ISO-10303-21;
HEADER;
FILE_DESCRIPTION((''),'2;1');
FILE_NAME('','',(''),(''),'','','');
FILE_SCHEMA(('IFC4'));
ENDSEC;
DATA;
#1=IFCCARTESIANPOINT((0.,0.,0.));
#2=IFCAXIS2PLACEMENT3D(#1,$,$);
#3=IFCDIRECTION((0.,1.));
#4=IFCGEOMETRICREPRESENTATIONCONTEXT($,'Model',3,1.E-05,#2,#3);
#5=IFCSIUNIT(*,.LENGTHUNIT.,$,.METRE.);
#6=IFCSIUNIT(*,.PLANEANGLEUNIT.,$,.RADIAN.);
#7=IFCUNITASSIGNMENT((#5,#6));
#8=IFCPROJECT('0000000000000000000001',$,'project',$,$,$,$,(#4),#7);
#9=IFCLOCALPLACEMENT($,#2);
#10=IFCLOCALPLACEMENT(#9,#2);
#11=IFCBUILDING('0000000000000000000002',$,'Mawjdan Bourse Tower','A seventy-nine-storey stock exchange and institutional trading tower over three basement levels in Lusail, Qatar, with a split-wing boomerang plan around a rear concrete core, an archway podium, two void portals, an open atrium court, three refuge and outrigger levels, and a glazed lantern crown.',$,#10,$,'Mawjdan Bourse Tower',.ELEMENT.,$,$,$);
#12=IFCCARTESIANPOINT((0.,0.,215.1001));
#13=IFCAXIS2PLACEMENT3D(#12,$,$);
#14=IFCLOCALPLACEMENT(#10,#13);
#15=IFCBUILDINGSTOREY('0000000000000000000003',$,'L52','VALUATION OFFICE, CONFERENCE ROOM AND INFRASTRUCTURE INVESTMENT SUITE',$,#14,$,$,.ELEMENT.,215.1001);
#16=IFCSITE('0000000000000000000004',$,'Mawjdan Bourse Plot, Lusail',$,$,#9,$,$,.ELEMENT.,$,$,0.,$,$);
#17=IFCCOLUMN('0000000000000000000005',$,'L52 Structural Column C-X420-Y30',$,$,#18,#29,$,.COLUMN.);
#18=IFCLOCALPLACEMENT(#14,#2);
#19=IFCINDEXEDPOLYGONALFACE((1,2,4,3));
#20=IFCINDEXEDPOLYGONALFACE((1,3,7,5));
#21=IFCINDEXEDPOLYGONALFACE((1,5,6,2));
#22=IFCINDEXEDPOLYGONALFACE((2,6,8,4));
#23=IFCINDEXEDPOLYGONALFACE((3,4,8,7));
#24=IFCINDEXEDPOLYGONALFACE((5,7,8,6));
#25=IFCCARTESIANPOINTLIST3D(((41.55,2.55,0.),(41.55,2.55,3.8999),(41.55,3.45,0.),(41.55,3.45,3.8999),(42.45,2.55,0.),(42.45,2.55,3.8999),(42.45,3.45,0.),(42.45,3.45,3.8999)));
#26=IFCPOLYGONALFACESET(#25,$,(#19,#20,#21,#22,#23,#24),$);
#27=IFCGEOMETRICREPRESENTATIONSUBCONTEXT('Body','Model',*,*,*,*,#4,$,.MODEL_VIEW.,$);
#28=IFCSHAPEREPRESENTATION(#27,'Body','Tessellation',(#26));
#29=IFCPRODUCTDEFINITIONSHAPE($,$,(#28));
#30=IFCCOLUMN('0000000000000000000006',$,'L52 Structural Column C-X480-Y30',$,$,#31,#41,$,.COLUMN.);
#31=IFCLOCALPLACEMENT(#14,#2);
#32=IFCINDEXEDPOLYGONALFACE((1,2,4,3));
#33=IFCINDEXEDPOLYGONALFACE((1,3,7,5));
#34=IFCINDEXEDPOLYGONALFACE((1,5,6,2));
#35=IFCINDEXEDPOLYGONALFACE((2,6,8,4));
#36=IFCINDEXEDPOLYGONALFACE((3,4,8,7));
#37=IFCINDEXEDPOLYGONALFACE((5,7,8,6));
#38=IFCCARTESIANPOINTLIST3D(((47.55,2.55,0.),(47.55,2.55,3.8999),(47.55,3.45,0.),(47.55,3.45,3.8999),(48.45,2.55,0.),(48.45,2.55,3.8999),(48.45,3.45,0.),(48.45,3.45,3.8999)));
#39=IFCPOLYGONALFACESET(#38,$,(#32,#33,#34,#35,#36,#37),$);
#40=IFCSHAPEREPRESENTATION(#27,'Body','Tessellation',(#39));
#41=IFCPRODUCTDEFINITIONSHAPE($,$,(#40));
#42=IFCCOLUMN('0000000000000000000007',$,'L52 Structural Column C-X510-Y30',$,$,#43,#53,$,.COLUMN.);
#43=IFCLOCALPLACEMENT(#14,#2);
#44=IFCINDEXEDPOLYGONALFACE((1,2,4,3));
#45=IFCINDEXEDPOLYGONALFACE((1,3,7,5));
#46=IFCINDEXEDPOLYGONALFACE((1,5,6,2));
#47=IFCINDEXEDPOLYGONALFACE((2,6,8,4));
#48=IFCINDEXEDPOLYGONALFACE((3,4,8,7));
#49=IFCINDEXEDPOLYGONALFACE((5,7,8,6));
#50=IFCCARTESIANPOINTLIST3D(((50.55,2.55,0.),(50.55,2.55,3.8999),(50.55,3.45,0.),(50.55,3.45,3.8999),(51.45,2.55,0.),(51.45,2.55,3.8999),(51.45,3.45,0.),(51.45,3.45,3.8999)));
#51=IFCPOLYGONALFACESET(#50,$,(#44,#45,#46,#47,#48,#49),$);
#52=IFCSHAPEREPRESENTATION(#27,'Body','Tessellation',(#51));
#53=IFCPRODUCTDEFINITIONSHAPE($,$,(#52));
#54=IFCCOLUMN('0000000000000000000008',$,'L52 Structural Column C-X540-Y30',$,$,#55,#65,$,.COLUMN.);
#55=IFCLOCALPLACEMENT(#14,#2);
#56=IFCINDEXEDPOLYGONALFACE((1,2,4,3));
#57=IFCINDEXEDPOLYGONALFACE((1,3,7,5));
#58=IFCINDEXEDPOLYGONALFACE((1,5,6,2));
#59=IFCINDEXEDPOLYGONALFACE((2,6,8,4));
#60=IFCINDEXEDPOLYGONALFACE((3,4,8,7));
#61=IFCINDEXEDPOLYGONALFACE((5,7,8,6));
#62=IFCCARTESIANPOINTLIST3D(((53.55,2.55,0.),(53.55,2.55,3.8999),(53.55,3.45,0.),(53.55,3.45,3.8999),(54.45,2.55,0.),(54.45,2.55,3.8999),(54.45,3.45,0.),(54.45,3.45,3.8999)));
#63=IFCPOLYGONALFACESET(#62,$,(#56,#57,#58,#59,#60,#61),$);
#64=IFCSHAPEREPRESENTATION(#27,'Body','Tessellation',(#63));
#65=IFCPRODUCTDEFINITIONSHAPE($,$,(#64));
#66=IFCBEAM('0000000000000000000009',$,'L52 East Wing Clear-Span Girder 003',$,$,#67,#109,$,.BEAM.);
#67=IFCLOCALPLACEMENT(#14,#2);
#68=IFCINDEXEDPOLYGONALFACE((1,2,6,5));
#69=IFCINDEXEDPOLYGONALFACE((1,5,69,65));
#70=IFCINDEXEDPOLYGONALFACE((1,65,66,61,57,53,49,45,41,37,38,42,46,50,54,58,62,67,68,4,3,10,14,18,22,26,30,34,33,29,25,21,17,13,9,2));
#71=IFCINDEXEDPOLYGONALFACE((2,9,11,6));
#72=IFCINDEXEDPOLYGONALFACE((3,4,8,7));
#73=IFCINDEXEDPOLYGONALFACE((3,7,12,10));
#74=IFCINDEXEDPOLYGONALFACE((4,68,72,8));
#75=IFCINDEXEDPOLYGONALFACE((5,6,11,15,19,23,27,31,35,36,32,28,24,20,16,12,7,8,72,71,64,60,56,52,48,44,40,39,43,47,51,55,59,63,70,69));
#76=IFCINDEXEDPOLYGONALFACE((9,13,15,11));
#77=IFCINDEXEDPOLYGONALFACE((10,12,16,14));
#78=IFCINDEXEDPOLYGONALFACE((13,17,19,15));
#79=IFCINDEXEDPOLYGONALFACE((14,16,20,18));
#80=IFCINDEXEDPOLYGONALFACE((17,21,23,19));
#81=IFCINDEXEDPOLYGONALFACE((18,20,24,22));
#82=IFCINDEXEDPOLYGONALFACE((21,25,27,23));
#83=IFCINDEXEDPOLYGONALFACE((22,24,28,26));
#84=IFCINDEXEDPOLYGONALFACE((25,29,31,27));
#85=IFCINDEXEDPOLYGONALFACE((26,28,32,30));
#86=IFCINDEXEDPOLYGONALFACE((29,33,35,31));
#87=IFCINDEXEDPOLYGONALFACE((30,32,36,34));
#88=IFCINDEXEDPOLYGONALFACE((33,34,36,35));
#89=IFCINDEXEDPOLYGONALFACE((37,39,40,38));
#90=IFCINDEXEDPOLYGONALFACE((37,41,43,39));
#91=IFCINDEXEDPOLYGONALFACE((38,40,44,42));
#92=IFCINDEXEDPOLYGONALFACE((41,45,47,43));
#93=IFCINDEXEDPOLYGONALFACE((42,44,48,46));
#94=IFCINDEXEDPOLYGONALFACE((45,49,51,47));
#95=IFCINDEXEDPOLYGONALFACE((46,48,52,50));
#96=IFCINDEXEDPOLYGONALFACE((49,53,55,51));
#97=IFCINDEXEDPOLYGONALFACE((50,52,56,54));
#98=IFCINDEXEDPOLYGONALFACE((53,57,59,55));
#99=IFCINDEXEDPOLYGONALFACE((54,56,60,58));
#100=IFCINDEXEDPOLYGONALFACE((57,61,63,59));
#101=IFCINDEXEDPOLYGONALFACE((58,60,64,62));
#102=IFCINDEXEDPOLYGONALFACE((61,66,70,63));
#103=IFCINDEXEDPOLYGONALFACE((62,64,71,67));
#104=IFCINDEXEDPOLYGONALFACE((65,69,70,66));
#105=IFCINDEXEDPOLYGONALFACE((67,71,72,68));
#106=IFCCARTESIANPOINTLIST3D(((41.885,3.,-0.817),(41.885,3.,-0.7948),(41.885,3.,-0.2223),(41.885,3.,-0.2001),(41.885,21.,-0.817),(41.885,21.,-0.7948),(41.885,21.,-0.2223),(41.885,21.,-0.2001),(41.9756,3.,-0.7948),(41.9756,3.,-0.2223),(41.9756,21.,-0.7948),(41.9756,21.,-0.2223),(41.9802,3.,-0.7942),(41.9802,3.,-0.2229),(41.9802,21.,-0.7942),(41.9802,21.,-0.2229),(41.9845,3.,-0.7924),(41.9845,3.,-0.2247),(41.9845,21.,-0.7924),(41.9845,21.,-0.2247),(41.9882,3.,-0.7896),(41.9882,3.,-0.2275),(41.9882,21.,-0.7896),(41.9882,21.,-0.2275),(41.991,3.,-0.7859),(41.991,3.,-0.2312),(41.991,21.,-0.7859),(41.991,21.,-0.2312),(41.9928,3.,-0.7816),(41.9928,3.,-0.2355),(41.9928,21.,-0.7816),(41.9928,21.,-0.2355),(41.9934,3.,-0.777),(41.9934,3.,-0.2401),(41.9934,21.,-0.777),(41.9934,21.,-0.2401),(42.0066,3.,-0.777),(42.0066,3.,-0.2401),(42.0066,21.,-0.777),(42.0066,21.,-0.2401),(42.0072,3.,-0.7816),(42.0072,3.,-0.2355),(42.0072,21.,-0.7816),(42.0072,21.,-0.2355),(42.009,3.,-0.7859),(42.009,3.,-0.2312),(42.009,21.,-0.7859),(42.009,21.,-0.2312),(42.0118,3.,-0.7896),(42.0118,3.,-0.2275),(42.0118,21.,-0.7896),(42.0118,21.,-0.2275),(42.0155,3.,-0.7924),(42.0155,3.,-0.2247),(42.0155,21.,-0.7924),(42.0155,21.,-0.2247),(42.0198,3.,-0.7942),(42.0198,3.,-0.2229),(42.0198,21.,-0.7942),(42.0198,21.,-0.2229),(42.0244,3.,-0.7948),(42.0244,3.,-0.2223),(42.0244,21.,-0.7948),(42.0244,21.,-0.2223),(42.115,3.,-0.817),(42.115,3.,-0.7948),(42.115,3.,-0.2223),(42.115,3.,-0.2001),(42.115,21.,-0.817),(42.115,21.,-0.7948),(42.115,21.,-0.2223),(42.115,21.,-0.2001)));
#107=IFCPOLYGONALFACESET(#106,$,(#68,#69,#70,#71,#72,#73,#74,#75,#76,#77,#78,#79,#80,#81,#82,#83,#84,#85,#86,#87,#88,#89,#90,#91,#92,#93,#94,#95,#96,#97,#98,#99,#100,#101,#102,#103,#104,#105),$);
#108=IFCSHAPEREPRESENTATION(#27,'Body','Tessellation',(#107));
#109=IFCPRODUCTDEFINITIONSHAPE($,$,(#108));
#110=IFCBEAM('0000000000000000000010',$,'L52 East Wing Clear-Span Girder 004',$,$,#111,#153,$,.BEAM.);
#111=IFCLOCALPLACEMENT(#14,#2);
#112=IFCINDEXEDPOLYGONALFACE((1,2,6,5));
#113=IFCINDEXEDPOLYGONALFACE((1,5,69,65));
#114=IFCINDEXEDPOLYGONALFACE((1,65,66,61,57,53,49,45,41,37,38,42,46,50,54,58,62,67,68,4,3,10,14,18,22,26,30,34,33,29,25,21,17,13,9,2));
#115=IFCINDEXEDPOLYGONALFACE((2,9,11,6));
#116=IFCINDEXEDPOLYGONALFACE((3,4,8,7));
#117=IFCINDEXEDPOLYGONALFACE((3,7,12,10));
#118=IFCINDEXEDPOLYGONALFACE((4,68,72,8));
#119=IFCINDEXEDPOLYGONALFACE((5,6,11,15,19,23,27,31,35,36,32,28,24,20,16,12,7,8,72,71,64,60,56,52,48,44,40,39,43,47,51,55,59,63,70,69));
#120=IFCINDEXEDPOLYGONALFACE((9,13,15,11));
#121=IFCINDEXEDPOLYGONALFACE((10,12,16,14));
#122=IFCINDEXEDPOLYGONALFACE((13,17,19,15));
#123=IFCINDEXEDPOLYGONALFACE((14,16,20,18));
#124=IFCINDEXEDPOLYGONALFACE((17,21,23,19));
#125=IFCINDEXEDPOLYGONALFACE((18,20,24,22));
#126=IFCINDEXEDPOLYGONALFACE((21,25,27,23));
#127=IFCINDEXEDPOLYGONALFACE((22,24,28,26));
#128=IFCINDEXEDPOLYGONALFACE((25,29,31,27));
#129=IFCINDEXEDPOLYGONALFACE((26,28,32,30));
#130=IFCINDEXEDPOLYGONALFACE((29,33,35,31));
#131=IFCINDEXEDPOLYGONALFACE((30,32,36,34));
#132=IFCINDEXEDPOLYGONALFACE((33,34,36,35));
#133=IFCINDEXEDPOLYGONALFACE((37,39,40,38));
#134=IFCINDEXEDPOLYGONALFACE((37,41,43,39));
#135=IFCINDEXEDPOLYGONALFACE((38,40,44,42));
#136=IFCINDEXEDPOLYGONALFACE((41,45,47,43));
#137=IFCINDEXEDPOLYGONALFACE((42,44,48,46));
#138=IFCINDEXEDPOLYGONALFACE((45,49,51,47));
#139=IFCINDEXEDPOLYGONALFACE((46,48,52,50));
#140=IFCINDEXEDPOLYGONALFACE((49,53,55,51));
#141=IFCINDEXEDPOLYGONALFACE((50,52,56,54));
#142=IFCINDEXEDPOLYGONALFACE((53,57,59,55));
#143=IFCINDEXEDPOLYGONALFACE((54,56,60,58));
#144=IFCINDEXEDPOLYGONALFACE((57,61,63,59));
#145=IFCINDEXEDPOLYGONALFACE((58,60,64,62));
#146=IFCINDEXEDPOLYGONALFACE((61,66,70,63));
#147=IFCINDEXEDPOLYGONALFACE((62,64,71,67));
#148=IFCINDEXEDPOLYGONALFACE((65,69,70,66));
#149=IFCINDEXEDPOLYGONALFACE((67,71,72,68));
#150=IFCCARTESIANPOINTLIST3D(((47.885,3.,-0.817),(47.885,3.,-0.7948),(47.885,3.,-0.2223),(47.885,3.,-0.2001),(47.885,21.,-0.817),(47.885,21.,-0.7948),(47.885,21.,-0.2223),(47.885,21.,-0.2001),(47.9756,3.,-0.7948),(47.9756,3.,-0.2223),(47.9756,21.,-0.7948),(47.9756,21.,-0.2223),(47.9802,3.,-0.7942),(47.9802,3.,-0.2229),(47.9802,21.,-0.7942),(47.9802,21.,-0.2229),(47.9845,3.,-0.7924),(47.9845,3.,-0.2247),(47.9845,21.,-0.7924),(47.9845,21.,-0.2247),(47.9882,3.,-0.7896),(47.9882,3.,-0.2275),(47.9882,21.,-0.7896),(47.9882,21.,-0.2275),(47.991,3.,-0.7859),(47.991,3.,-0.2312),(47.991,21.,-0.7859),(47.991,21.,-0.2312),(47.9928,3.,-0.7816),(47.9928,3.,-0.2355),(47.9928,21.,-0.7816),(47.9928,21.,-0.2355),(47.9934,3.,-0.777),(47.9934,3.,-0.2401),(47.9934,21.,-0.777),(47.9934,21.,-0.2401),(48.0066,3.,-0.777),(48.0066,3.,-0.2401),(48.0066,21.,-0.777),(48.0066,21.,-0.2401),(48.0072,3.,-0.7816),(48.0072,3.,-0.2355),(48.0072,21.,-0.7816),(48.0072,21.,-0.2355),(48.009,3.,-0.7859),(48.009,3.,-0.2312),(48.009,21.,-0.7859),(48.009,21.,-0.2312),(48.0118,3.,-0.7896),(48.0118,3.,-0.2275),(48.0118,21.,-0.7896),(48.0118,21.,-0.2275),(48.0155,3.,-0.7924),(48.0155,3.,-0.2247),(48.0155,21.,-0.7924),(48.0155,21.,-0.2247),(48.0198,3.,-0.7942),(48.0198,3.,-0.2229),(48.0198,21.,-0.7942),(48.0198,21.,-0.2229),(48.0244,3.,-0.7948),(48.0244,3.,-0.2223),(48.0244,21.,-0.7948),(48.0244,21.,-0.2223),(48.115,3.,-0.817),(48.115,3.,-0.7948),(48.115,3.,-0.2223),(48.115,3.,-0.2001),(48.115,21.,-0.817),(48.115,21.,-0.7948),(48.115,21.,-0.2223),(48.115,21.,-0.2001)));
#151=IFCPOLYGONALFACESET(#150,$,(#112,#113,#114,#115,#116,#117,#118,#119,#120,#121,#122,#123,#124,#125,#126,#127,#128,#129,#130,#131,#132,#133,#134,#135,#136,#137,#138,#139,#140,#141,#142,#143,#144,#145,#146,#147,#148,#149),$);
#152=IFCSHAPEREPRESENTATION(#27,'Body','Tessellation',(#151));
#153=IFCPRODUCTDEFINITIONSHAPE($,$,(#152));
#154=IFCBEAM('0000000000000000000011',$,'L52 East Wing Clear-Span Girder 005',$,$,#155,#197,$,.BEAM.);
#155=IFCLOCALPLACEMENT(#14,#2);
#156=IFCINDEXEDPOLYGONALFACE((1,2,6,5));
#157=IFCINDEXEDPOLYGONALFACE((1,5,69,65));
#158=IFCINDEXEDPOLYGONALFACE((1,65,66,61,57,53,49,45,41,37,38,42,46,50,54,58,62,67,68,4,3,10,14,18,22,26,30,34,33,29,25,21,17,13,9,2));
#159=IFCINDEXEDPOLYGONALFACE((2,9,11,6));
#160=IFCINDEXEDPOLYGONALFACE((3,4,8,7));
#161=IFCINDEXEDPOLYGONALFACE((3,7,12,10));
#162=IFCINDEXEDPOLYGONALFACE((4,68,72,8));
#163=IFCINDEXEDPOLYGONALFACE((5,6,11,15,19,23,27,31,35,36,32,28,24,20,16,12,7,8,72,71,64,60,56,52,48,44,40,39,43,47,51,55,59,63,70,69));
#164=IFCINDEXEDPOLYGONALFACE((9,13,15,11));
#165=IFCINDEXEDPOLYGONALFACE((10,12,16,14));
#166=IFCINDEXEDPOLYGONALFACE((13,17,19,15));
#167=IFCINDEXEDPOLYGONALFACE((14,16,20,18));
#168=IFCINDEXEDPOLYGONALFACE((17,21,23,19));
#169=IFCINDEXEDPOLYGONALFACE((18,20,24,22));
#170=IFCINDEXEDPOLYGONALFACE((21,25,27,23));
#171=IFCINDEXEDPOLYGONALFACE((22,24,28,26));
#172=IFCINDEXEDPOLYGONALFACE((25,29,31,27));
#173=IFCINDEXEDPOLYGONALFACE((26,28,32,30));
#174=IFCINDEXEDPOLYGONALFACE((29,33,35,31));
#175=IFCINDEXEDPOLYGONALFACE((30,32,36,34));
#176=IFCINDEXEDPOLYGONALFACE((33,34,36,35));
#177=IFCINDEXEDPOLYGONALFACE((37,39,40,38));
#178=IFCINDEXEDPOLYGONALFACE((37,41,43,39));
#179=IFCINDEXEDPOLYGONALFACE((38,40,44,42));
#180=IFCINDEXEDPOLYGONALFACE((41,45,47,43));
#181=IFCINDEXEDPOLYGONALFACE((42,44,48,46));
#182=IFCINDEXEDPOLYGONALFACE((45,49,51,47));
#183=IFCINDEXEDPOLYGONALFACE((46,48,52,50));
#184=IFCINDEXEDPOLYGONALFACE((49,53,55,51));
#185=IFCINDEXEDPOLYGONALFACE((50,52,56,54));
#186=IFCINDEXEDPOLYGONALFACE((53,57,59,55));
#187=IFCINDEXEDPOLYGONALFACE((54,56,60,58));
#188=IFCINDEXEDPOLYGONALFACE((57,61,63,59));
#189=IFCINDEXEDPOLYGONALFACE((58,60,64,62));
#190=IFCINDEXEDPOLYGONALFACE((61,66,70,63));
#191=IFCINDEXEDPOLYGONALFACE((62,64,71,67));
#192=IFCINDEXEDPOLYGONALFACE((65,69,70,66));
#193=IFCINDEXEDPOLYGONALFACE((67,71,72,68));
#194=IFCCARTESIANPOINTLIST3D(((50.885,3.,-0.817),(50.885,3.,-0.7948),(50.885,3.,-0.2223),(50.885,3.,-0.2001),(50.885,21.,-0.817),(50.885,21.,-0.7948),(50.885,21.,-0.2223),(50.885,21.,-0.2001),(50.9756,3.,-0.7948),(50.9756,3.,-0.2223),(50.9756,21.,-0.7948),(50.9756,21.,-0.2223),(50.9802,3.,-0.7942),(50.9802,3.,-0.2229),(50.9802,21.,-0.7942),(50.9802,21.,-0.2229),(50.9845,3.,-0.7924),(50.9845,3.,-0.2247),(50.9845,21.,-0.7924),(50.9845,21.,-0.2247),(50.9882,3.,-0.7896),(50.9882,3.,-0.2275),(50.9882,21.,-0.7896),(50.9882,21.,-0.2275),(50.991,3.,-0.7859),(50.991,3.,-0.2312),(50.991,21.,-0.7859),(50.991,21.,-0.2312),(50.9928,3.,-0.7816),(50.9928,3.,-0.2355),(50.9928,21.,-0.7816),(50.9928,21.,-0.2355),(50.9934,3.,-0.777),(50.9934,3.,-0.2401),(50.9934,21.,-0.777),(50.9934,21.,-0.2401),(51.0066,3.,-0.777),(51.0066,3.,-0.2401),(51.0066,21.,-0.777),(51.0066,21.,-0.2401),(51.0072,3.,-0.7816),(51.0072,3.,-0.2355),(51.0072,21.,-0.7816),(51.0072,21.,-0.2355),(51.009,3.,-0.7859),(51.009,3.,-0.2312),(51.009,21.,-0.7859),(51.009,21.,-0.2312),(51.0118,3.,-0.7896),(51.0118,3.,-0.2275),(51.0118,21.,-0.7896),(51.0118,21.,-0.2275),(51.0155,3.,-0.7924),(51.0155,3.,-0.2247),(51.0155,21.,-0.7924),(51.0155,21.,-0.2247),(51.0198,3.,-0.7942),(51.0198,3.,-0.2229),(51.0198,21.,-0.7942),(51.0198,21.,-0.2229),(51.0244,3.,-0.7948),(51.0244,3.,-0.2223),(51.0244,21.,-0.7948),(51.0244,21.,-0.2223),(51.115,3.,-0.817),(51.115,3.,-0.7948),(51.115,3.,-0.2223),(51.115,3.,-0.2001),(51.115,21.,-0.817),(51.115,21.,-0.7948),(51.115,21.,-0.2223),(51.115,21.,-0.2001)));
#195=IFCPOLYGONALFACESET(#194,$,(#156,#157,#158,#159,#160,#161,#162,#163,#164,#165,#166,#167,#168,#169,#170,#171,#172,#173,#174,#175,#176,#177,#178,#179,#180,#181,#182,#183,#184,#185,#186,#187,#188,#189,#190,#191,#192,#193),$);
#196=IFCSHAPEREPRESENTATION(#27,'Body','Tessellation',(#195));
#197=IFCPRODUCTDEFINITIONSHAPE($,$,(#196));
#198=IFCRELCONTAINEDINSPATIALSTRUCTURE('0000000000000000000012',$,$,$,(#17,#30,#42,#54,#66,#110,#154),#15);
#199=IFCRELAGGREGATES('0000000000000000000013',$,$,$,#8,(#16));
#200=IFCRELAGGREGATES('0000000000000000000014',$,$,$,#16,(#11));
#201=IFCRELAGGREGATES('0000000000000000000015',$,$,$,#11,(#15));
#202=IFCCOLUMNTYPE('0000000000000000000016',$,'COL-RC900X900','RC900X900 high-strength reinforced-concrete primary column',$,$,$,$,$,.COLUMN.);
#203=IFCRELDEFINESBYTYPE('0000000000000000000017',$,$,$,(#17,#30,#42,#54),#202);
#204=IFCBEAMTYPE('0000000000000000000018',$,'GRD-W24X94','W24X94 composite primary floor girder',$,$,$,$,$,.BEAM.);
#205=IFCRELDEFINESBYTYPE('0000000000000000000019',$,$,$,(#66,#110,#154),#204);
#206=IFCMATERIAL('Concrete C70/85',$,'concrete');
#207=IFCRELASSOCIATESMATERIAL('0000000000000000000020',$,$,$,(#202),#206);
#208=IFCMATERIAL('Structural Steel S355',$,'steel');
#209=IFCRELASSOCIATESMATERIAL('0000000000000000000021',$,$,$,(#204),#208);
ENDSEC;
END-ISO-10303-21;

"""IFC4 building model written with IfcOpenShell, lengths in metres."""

from ifc_helpers import new_model, si_unit, direction, frame, origin, origin_2d, place, context, subcontext, project, spatial, rectangle, i_section, extrude, material, material_profile, profile_set, type_object, element, save


model = new_model("IFC4")

# Units and contexts
model_context = context("Model", 3, precision=1e-05, world=origin(), true_north=direction((0.0, 1.0)))
body_context = subcontext(model_context, "Body", "Model", "MODEL_VIEW")
ifc_project = project(units=[si_unit("LENGTHUNIT", "METRE"), si_unit("PLANEANGLEUNIT", "RADIAN")], contexts=[model_context])

# Site, building, storey
site_placement = place(None, origin())
site = spatial("IfcSite", under=ifc_project, at=site_placement, Name="Mawjdan Bourse Plot, Lusail", CompositionType="ELEMENT", RefElevation=0.0)
building_placement = place(site_placement, origin())
building = spatial("IfcBuilding", under=site, at=building_placement, Name="Mawjdan Bourse Tower", Description="A seventy-nine-storey stock exchange and institutional trading tower over three basement levels in Lusail, Qatar, with a split-wing boomerang plan around a rear concrete core, an archway podium, two void portals, an open atrium court, three refuge and outrigger levels, and a glazed lantern crown.", LongName="Mawjdan Bourse Tower", CompositionType="ELEMENT")
storey_placement = place(building_placement, frame((0.0, 0.0, 215.1001)))
storey = spatial("IfcBuildingStorey", under=building, at=storey_placement, Name="L52", Description="VALUATION OFFICE, CONFERENCE ROOM AND INFRASTRUCTURE INVESTMENT SUITE", CompositionType="ELEMENT", Elevation=215.1001)

# Columns
ifc_material_1 = material(Name="Concrete C70/85", Category="concrete")
ifc_material_profile_1 = material_profile(ifc_material_1, rectangle(XDim=0.8999, YDim=0.8999, at=origin_2d()), Name="RC900X900")
ifc_profile_set_1 = profile_set([ifc_material_profile_1], Name="Concrete C70/85")
column_type = type_object("IfcColumnType", Name="COL-RC900X900", Description="RC900X900 high-strength reinforced-concrete primary column", PredefinedType="COLUMN", material=ifc_profile_set_1)
for number, where, z_axis, x_axis, name in (
    (1, (42.0, 3.0, 0.0), (0.0, 0.0, 1.0), (1.0, 0.0, 0.0), "L52 Structural Column C-X420-Y30"),
    (2, (48.0, 3.0, 0.0), (0.0, 0.0, 1.0), (1.0, 0.0, 0.0), "L52 Structural Column C-X480-Y30"),
    (3, (51.0, 3.0, 0.0), (0.0, 0.0, 1.0), (1.0, 0.0, 0.0), "L52 Structural Column C-X510-Y30"),
    (4, (54.0, 3.0, 0.0), (0.0, 0.0, 1.0), (1.0, 0.0, 0.0), "L52 Structural Column C-X540-Y30"),
):
    element("IfcColumn", number, at=place(storey_placement, frame(where, z_axis=z_axis, x_axis=x_axis)), inside=storey, type_object=column_type, Name=name, PredefinedType="COLUMN", context=body_context, shape_type="SweptSolid", body=[
        extrude(rectangle(XDim=0.8999, YDim=0.8999, at=origin_2d()), origin(), (0.0, 0.0, 1.0), 3.8999),
    ])

# Beams
ifc_material_2 = material(Name="Structural Steel S355", Category="steel")
ifc_material_profile_2 = material_profile(ifc_material_2, i_section(OverallWidth=0.23, OverallDepth=0.6169, WebThickness=0.0132, FlangeThickness=0.0222, FilletRadius=0.0178, at=origin_2d()), Name="W24X94")
ifc_profile_set_2 = profile_set([ifc_material_profile_2], Name="Structural Steel S355")
beam_type_1 = type_object("IfcBeamType", Name="GRD-W24X94", Description="W24X94 composite primary floor girder", PredefinedType="BEAM", material=ifc_profile_set_2)
for number, where, z_axis, x_axis, name in (
    (5, (42.0, 3.0, -0.5085), (0.0, 1.0, 0.0), (-1.0, 0.0, 0.0), "L52 East Wing Clear-Span Girder 003"),
    (6, (48.0, 3.0, -0.5085), (0.0, 1.0, 0.0), (-1.0, 0.0, 0.0), "L52 East Wing Clear-Span Girder 004"),
    (7, (51.0, 3.0, -0.5085), (0.0, 1.0, 0.0), (-1.0, 0.0, 0.0), "L52 East Wing Clear-Span Girder 005"),
):
    element("IfcBeam", number, at=place(storey_placement, frame(where, z_axis=z_axis, x_axis=x_axis)), inside=storey, type_object=beam_type_1, Name=name, PredefinedType="BEAM", context=body_context, shape_type="SweptSolid", body=[
        extrude(i_section(OverallWidth=0.23, OverallDepth=0.6169, WebThickness=0.0132, FlangeThickness=0.0222, FilletRadius=0.0178, at=origin_2d()), origin(), (0.0, 0.0, 1.0), 18.0),
    ])

save(model, "model.ifc")
